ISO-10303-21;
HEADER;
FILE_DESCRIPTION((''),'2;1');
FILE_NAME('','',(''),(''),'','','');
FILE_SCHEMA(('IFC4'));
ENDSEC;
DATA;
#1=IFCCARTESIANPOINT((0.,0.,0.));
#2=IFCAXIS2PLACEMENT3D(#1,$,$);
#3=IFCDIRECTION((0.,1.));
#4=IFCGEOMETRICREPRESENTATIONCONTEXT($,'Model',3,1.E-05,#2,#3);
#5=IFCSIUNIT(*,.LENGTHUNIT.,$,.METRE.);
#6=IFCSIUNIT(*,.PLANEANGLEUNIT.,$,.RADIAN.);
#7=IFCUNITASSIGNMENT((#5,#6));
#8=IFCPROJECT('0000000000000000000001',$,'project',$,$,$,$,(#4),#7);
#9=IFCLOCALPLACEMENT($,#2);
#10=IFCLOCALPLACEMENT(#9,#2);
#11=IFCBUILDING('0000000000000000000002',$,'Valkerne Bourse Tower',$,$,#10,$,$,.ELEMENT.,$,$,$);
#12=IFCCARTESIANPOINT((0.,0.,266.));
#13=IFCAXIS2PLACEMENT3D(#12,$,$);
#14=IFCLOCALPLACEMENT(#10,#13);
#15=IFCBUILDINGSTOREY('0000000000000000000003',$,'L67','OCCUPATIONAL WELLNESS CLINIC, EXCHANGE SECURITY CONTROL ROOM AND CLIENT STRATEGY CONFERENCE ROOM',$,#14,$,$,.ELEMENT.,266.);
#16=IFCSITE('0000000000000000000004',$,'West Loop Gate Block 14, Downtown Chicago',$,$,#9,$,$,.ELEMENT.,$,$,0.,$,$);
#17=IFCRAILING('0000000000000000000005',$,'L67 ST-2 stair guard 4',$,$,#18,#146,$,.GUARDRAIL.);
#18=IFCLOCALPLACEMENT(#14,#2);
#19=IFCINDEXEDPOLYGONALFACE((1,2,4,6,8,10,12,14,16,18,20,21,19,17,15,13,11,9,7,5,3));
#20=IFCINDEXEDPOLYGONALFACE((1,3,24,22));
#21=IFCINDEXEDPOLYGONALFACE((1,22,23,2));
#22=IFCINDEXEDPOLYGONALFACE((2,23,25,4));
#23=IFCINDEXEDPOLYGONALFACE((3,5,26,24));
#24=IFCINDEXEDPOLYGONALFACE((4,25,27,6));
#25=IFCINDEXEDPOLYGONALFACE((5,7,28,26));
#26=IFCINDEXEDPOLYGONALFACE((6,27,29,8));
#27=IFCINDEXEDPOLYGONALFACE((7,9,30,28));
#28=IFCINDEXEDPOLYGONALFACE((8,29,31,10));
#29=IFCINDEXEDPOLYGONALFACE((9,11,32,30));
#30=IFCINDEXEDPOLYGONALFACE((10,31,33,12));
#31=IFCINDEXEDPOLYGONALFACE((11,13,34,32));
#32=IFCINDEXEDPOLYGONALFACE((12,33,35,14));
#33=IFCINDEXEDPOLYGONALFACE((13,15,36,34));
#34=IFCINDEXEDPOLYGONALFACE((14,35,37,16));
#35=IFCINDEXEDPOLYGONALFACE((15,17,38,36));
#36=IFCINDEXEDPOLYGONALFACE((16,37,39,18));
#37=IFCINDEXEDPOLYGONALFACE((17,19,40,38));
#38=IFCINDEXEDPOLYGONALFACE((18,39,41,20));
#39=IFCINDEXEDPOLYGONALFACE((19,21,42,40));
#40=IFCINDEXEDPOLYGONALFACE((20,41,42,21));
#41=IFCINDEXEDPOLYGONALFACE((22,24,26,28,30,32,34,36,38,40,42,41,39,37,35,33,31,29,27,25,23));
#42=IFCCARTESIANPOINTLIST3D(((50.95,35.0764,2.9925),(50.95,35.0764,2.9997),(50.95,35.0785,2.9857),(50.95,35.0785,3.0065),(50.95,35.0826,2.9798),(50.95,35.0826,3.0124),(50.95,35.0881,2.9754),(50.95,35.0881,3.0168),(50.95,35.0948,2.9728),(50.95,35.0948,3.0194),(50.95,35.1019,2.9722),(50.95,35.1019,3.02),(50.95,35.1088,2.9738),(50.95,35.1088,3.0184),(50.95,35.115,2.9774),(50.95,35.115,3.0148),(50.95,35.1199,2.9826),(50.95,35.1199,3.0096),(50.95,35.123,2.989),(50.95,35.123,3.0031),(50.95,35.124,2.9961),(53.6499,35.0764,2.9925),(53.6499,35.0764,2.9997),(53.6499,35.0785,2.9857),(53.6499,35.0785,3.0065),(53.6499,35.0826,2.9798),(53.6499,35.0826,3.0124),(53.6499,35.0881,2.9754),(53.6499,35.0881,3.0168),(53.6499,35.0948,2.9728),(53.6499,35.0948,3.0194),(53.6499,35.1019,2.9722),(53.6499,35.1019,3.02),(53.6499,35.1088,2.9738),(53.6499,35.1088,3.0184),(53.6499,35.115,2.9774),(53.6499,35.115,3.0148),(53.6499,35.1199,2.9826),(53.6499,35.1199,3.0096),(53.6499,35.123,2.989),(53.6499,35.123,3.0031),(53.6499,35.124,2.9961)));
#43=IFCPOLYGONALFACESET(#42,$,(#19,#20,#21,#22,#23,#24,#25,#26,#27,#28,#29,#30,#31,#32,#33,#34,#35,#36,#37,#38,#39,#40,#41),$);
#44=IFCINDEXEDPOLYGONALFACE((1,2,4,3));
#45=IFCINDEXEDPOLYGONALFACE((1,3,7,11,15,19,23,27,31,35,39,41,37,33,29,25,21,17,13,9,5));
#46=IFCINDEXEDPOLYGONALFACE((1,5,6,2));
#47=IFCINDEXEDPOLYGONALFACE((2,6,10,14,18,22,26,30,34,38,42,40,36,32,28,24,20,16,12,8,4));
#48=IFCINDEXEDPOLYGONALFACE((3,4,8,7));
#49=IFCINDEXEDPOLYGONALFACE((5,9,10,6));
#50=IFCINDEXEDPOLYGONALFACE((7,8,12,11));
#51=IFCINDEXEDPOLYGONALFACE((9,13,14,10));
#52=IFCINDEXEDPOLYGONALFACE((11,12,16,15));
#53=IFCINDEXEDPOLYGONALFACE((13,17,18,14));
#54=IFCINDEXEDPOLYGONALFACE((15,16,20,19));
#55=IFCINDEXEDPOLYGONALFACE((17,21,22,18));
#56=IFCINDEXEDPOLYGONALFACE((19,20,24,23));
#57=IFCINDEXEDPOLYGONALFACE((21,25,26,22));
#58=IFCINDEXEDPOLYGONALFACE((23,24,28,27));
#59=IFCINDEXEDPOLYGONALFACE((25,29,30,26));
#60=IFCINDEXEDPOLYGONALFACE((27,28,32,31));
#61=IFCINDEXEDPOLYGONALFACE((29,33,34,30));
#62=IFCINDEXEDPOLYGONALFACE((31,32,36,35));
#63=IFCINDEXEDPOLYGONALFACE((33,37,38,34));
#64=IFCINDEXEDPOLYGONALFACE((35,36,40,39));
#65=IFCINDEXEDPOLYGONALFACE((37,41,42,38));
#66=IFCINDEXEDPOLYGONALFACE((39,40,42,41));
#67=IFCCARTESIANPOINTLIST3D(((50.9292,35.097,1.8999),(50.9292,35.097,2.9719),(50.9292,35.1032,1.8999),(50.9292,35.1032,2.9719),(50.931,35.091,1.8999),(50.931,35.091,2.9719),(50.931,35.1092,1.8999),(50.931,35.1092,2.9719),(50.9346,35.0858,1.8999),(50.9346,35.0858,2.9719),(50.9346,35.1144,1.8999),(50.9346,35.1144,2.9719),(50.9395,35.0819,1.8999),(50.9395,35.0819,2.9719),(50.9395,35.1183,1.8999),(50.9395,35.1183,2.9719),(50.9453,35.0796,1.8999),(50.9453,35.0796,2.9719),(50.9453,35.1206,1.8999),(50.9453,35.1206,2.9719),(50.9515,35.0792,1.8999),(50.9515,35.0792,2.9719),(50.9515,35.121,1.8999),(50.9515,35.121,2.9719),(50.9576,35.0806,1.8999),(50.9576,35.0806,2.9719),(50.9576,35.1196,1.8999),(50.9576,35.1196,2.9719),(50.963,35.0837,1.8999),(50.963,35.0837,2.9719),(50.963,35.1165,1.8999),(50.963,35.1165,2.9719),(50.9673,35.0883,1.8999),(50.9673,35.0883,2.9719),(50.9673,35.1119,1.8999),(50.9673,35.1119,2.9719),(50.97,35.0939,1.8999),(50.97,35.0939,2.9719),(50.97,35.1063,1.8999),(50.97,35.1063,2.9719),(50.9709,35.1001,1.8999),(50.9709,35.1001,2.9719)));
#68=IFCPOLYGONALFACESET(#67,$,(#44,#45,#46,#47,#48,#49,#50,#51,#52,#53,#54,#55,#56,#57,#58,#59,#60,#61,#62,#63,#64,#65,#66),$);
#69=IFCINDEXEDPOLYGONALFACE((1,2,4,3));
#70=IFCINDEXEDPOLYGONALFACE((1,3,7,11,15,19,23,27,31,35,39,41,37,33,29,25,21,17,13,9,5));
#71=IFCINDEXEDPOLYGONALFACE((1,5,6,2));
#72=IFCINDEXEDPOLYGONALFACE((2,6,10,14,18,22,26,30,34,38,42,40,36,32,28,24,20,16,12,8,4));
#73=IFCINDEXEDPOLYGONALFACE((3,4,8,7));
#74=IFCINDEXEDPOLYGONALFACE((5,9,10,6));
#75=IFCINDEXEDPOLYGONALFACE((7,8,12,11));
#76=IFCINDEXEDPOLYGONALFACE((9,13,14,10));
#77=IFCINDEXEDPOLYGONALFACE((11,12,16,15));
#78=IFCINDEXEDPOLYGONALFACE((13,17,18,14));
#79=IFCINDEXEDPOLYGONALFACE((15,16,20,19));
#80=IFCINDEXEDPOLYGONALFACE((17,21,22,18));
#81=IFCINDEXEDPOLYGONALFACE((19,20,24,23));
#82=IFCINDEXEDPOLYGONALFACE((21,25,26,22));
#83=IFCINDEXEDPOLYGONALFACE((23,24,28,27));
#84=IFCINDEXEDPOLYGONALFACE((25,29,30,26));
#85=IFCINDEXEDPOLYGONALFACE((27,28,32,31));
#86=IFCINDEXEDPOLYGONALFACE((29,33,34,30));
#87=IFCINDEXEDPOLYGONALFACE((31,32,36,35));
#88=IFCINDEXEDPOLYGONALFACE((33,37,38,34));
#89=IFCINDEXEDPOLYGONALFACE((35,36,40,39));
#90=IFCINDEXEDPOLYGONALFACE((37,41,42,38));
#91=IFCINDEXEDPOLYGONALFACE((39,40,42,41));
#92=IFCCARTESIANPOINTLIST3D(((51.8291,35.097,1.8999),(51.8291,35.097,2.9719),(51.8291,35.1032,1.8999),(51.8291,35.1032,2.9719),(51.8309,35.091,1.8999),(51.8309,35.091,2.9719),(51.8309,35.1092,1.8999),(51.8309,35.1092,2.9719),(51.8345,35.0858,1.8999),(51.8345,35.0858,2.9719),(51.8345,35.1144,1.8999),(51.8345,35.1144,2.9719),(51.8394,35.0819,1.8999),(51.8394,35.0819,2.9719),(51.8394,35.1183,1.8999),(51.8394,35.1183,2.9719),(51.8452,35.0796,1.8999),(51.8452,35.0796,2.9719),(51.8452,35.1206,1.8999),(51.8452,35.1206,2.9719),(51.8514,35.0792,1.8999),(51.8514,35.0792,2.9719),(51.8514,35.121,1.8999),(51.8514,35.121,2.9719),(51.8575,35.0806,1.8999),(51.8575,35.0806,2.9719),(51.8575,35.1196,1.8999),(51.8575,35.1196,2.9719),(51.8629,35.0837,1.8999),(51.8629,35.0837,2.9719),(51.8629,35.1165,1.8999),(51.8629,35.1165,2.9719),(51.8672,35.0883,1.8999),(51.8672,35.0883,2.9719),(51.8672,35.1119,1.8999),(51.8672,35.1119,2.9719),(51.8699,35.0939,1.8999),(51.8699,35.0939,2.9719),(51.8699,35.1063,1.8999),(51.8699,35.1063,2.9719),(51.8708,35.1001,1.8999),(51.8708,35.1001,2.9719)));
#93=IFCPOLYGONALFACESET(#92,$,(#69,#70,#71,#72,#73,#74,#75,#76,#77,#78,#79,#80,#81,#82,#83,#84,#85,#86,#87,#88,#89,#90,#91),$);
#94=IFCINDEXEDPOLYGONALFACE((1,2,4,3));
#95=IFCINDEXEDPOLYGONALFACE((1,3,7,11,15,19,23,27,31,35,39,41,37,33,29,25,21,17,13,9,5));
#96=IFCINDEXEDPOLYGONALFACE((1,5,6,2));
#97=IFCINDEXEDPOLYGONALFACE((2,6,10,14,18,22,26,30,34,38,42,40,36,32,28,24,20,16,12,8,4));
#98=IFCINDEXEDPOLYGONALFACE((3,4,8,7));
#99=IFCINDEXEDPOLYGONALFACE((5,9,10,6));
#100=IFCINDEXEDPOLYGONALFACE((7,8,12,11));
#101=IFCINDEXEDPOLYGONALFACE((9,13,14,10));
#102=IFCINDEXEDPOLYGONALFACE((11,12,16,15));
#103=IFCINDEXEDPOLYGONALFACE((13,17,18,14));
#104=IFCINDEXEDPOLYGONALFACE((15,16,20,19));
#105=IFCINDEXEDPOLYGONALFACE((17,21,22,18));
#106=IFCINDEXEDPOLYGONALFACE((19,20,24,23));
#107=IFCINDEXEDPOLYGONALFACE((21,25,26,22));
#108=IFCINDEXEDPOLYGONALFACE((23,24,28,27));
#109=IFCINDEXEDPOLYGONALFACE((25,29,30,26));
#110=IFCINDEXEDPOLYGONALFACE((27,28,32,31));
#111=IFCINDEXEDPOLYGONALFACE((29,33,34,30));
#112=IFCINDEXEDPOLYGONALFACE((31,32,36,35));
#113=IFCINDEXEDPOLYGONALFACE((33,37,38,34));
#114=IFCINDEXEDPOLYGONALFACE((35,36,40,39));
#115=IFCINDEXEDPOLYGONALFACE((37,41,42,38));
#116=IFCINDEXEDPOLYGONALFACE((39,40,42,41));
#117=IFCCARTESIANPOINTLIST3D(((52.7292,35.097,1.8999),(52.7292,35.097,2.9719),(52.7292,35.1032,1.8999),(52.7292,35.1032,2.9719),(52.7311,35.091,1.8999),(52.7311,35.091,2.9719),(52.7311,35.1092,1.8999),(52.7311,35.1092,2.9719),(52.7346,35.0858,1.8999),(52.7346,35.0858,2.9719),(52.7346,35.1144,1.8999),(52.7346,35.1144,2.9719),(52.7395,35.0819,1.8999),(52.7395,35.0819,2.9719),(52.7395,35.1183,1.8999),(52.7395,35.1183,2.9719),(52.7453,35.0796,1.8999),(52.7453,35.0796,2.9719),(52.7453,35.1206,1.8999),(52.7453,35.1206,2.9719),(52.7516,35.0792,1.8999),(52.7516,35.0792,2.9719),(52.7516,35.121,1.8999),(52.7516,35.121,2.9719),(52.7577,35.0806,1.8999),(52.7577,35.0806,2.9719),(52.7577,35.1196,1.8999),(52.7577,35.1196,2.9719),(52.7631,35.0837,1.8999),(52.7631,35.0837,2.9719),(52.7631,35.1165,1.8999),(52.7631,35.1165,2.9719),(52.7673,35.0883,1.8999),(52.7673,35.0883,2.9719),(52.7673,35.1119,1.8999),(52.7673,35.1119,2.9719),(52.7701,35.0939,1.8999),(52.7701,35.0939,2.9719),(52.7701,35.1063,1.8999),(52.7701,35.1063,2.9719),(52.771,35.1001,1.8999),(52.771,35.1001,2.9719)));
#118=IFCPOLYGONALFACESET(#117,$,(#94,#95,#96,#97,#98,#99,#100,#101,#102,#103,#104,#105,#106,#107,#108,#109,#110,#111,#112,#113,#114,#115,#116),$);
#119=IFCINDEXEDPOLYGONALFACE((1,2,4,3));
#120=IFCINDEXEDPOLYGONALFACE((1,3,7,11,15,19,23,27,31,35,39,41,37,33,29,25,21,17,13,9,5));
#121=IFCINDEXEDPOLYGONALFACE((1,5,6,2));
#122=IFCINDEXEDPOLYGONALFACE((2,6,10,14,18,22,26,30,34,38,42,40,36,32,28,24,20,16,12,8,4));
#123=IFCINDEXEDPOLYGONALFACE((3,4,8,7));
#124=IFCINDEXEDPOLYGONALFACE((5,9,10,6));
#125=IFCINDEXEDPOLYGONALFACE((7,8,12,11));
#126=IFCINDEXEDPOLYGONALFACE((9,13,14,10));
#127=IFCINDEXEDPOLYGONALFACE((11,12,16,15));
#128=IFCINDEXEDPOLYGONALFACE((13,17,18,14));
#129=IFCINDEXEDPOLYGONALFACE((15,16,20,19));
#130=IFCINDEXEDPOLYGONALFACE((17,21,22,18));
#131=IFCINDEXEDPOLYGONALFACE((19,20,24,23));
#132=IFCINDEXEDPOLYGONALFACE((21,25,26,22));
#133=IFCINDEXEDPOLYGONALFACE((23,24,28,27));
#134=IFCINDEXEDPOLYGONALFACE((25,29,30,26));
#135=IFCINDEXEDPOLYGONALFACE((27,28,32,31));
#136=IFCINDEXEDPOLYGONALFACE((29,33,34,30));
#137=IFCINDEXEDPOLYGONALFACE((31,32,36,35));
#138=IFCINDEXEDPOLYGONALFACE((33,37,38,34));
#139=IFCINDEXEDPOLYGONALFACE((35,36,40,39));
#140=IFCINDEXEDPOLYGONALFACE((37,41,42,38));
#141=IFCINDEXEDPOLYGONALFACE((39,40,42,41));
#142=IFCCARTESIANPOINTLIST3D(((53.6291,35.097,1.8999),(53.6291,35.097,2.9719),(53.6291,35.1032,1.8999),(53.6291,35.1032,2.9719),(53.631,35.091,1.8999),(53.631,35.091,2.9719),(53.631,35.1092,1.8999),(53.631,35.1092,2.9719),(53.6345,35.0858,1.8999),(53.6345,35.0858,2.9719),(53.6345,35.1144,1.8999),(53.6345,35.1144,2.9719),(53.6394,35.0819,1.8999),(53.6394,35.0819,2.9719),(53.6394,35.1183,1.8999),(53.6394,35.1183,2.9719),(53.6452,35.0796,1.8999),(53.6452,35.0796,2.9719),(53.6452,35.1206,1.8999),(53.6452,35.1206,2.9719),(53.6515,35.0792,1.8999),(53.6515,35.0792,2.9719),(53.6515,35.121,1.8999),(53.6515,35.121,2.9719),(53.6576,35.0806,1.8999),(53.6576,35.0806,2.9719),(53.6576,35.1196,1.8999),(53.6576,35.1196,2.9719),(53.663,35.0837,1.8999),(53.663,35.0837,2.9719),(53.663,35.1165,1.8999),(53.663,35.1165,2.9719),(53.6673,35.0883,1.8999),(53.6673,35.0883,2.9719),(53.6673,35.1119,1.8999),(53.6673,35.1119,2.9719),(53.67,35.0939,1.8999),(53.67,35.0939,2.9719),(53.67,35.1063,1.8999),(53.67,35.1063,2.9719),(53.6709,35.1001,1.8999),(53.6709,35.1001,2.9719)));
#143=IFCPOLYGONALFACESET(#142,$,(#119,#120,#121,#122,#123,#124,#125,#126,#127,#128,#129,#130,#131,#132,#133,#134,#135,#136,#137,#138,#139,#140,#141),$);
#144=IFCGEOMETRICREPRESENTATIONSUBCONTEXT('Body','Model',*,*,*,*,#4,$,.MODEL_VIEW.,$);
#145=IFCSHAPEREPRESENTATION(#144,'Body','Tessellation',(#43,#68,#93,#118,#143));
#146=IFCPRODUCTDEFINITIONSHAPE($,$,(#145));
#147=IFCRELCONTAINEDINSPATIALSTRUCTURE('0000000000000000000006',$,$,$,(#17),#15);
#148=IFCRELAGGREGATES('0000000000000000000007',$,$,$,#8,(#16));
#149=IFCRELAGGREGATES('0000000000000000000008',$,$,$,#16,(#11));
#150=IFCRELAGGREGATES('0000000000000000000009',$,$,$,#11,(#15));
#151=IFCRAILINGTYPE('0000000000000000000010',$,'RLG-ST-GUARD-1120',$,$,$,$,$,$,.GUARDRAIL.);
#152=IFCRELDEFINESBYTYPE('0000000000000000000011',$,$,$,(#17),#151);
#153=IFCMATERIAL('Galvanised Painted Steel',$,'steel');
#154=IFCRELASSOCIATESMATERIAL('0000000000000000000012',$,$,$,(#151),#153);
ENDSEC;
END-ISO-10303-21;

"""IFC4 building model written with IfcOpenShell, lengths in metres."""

from ifc_helpers import new_model, si_unit, direction, frame, origin, origin_2d, place, context, subcontext, project, spatial, circle, extrude, material, type_object, element, save


model = new_model("IFC4")

# Units and contexts
model_context = context("Model", 3, precision=1e-05, world=origin(), true_north=direction((0.0, 1.0)))
body_context = subcontext(model_context, "Body", "Model", "MODEL_VIEW")
ifc_project = project(units=[si_unit("LENGTHUNIT", "METRE"), si_unit("PLANEANGLEUNIT", "RADIAN")], contexts=[model_context])

# Site, building, storey
site_placement = place(None, origin())
site = spatial("IfcSite", under=ifc_project, at=site_placement, Name="West Loop Gate Block 14, Downtown Chicago", CompositionType="ELEMENT", RefElevation=0.0)
building_placement = place(site_placement, origin())
building = spatial("IfcBuilding", under=site, at=building_placement, Name="Valkerne Bourse Tower", CompositionType="ELEMENT")
storey_placement = place(building_placement, frame((0.0, 0.0, 266.0)))
storey = spatial("IfcBuildingStorey", under=building, at=storey_placement, Name="L67", Description="OCCUPATIONAL WELLNESS CLINIC, EXCHANGE SECURITY CONTROL ROOM AND CLIENT STRATEGY CONFERENCE ROOM", CompositionType="ELEMENT", Elevation=266.0)

# Railing
ifc_material_1 = material(Name="Galvanised Painted Steel", Category="steel")
railing_type_1 = type_object("IfcRailingType", Name="RLG-ST-GUARD-1120", PredefinedType="GUARDRAIL", material=ifc_material_1)
railing_1_placement = place(storey_placement, frame((50.95, 35.1001, 1.8999)))
element("IfcRailing", 1, at=railing_1_placement, inside=storey, type_object=railing_type_1, Name="L67 ST-2 stair guard 4", PredefinedType="GUARDRAIL", context=body_context, shape_type="SweptSolid", body=[
    extrude(circle(Radius=0.0239, at=origin_2d()), frame((0.0, 0.0, 1.0962), z_axis=(1.0, 0.0, 0.0), x_axis=(0.0, 1.0, 0.0)), (0.0, 0.0, 1.0), 2.7),
    extrude(circle(Radius=0.021, at=origin_2d()), origin(), (0.0, 0.0, 1.0), 1.072),
    extrude(circle(Radius=0.021, at=origin_2d()), frame((0.8999, 0.0, 0.0)), (0.0, 0.0, 1.0), 1.072),
    extrude(circle(Radius=0.021, at=origin_2d()), frame((1.8, 0.0, 0.0)), (0.0, 0.0, 1.0), 1.072),
    extrude(circle(Radius=0.021, at=origin_2d()), frame((2.7, 0.0, 0.0)), (0.0, 0.0, 1.0), 1.072),
])

save(model, "model.ifc")
